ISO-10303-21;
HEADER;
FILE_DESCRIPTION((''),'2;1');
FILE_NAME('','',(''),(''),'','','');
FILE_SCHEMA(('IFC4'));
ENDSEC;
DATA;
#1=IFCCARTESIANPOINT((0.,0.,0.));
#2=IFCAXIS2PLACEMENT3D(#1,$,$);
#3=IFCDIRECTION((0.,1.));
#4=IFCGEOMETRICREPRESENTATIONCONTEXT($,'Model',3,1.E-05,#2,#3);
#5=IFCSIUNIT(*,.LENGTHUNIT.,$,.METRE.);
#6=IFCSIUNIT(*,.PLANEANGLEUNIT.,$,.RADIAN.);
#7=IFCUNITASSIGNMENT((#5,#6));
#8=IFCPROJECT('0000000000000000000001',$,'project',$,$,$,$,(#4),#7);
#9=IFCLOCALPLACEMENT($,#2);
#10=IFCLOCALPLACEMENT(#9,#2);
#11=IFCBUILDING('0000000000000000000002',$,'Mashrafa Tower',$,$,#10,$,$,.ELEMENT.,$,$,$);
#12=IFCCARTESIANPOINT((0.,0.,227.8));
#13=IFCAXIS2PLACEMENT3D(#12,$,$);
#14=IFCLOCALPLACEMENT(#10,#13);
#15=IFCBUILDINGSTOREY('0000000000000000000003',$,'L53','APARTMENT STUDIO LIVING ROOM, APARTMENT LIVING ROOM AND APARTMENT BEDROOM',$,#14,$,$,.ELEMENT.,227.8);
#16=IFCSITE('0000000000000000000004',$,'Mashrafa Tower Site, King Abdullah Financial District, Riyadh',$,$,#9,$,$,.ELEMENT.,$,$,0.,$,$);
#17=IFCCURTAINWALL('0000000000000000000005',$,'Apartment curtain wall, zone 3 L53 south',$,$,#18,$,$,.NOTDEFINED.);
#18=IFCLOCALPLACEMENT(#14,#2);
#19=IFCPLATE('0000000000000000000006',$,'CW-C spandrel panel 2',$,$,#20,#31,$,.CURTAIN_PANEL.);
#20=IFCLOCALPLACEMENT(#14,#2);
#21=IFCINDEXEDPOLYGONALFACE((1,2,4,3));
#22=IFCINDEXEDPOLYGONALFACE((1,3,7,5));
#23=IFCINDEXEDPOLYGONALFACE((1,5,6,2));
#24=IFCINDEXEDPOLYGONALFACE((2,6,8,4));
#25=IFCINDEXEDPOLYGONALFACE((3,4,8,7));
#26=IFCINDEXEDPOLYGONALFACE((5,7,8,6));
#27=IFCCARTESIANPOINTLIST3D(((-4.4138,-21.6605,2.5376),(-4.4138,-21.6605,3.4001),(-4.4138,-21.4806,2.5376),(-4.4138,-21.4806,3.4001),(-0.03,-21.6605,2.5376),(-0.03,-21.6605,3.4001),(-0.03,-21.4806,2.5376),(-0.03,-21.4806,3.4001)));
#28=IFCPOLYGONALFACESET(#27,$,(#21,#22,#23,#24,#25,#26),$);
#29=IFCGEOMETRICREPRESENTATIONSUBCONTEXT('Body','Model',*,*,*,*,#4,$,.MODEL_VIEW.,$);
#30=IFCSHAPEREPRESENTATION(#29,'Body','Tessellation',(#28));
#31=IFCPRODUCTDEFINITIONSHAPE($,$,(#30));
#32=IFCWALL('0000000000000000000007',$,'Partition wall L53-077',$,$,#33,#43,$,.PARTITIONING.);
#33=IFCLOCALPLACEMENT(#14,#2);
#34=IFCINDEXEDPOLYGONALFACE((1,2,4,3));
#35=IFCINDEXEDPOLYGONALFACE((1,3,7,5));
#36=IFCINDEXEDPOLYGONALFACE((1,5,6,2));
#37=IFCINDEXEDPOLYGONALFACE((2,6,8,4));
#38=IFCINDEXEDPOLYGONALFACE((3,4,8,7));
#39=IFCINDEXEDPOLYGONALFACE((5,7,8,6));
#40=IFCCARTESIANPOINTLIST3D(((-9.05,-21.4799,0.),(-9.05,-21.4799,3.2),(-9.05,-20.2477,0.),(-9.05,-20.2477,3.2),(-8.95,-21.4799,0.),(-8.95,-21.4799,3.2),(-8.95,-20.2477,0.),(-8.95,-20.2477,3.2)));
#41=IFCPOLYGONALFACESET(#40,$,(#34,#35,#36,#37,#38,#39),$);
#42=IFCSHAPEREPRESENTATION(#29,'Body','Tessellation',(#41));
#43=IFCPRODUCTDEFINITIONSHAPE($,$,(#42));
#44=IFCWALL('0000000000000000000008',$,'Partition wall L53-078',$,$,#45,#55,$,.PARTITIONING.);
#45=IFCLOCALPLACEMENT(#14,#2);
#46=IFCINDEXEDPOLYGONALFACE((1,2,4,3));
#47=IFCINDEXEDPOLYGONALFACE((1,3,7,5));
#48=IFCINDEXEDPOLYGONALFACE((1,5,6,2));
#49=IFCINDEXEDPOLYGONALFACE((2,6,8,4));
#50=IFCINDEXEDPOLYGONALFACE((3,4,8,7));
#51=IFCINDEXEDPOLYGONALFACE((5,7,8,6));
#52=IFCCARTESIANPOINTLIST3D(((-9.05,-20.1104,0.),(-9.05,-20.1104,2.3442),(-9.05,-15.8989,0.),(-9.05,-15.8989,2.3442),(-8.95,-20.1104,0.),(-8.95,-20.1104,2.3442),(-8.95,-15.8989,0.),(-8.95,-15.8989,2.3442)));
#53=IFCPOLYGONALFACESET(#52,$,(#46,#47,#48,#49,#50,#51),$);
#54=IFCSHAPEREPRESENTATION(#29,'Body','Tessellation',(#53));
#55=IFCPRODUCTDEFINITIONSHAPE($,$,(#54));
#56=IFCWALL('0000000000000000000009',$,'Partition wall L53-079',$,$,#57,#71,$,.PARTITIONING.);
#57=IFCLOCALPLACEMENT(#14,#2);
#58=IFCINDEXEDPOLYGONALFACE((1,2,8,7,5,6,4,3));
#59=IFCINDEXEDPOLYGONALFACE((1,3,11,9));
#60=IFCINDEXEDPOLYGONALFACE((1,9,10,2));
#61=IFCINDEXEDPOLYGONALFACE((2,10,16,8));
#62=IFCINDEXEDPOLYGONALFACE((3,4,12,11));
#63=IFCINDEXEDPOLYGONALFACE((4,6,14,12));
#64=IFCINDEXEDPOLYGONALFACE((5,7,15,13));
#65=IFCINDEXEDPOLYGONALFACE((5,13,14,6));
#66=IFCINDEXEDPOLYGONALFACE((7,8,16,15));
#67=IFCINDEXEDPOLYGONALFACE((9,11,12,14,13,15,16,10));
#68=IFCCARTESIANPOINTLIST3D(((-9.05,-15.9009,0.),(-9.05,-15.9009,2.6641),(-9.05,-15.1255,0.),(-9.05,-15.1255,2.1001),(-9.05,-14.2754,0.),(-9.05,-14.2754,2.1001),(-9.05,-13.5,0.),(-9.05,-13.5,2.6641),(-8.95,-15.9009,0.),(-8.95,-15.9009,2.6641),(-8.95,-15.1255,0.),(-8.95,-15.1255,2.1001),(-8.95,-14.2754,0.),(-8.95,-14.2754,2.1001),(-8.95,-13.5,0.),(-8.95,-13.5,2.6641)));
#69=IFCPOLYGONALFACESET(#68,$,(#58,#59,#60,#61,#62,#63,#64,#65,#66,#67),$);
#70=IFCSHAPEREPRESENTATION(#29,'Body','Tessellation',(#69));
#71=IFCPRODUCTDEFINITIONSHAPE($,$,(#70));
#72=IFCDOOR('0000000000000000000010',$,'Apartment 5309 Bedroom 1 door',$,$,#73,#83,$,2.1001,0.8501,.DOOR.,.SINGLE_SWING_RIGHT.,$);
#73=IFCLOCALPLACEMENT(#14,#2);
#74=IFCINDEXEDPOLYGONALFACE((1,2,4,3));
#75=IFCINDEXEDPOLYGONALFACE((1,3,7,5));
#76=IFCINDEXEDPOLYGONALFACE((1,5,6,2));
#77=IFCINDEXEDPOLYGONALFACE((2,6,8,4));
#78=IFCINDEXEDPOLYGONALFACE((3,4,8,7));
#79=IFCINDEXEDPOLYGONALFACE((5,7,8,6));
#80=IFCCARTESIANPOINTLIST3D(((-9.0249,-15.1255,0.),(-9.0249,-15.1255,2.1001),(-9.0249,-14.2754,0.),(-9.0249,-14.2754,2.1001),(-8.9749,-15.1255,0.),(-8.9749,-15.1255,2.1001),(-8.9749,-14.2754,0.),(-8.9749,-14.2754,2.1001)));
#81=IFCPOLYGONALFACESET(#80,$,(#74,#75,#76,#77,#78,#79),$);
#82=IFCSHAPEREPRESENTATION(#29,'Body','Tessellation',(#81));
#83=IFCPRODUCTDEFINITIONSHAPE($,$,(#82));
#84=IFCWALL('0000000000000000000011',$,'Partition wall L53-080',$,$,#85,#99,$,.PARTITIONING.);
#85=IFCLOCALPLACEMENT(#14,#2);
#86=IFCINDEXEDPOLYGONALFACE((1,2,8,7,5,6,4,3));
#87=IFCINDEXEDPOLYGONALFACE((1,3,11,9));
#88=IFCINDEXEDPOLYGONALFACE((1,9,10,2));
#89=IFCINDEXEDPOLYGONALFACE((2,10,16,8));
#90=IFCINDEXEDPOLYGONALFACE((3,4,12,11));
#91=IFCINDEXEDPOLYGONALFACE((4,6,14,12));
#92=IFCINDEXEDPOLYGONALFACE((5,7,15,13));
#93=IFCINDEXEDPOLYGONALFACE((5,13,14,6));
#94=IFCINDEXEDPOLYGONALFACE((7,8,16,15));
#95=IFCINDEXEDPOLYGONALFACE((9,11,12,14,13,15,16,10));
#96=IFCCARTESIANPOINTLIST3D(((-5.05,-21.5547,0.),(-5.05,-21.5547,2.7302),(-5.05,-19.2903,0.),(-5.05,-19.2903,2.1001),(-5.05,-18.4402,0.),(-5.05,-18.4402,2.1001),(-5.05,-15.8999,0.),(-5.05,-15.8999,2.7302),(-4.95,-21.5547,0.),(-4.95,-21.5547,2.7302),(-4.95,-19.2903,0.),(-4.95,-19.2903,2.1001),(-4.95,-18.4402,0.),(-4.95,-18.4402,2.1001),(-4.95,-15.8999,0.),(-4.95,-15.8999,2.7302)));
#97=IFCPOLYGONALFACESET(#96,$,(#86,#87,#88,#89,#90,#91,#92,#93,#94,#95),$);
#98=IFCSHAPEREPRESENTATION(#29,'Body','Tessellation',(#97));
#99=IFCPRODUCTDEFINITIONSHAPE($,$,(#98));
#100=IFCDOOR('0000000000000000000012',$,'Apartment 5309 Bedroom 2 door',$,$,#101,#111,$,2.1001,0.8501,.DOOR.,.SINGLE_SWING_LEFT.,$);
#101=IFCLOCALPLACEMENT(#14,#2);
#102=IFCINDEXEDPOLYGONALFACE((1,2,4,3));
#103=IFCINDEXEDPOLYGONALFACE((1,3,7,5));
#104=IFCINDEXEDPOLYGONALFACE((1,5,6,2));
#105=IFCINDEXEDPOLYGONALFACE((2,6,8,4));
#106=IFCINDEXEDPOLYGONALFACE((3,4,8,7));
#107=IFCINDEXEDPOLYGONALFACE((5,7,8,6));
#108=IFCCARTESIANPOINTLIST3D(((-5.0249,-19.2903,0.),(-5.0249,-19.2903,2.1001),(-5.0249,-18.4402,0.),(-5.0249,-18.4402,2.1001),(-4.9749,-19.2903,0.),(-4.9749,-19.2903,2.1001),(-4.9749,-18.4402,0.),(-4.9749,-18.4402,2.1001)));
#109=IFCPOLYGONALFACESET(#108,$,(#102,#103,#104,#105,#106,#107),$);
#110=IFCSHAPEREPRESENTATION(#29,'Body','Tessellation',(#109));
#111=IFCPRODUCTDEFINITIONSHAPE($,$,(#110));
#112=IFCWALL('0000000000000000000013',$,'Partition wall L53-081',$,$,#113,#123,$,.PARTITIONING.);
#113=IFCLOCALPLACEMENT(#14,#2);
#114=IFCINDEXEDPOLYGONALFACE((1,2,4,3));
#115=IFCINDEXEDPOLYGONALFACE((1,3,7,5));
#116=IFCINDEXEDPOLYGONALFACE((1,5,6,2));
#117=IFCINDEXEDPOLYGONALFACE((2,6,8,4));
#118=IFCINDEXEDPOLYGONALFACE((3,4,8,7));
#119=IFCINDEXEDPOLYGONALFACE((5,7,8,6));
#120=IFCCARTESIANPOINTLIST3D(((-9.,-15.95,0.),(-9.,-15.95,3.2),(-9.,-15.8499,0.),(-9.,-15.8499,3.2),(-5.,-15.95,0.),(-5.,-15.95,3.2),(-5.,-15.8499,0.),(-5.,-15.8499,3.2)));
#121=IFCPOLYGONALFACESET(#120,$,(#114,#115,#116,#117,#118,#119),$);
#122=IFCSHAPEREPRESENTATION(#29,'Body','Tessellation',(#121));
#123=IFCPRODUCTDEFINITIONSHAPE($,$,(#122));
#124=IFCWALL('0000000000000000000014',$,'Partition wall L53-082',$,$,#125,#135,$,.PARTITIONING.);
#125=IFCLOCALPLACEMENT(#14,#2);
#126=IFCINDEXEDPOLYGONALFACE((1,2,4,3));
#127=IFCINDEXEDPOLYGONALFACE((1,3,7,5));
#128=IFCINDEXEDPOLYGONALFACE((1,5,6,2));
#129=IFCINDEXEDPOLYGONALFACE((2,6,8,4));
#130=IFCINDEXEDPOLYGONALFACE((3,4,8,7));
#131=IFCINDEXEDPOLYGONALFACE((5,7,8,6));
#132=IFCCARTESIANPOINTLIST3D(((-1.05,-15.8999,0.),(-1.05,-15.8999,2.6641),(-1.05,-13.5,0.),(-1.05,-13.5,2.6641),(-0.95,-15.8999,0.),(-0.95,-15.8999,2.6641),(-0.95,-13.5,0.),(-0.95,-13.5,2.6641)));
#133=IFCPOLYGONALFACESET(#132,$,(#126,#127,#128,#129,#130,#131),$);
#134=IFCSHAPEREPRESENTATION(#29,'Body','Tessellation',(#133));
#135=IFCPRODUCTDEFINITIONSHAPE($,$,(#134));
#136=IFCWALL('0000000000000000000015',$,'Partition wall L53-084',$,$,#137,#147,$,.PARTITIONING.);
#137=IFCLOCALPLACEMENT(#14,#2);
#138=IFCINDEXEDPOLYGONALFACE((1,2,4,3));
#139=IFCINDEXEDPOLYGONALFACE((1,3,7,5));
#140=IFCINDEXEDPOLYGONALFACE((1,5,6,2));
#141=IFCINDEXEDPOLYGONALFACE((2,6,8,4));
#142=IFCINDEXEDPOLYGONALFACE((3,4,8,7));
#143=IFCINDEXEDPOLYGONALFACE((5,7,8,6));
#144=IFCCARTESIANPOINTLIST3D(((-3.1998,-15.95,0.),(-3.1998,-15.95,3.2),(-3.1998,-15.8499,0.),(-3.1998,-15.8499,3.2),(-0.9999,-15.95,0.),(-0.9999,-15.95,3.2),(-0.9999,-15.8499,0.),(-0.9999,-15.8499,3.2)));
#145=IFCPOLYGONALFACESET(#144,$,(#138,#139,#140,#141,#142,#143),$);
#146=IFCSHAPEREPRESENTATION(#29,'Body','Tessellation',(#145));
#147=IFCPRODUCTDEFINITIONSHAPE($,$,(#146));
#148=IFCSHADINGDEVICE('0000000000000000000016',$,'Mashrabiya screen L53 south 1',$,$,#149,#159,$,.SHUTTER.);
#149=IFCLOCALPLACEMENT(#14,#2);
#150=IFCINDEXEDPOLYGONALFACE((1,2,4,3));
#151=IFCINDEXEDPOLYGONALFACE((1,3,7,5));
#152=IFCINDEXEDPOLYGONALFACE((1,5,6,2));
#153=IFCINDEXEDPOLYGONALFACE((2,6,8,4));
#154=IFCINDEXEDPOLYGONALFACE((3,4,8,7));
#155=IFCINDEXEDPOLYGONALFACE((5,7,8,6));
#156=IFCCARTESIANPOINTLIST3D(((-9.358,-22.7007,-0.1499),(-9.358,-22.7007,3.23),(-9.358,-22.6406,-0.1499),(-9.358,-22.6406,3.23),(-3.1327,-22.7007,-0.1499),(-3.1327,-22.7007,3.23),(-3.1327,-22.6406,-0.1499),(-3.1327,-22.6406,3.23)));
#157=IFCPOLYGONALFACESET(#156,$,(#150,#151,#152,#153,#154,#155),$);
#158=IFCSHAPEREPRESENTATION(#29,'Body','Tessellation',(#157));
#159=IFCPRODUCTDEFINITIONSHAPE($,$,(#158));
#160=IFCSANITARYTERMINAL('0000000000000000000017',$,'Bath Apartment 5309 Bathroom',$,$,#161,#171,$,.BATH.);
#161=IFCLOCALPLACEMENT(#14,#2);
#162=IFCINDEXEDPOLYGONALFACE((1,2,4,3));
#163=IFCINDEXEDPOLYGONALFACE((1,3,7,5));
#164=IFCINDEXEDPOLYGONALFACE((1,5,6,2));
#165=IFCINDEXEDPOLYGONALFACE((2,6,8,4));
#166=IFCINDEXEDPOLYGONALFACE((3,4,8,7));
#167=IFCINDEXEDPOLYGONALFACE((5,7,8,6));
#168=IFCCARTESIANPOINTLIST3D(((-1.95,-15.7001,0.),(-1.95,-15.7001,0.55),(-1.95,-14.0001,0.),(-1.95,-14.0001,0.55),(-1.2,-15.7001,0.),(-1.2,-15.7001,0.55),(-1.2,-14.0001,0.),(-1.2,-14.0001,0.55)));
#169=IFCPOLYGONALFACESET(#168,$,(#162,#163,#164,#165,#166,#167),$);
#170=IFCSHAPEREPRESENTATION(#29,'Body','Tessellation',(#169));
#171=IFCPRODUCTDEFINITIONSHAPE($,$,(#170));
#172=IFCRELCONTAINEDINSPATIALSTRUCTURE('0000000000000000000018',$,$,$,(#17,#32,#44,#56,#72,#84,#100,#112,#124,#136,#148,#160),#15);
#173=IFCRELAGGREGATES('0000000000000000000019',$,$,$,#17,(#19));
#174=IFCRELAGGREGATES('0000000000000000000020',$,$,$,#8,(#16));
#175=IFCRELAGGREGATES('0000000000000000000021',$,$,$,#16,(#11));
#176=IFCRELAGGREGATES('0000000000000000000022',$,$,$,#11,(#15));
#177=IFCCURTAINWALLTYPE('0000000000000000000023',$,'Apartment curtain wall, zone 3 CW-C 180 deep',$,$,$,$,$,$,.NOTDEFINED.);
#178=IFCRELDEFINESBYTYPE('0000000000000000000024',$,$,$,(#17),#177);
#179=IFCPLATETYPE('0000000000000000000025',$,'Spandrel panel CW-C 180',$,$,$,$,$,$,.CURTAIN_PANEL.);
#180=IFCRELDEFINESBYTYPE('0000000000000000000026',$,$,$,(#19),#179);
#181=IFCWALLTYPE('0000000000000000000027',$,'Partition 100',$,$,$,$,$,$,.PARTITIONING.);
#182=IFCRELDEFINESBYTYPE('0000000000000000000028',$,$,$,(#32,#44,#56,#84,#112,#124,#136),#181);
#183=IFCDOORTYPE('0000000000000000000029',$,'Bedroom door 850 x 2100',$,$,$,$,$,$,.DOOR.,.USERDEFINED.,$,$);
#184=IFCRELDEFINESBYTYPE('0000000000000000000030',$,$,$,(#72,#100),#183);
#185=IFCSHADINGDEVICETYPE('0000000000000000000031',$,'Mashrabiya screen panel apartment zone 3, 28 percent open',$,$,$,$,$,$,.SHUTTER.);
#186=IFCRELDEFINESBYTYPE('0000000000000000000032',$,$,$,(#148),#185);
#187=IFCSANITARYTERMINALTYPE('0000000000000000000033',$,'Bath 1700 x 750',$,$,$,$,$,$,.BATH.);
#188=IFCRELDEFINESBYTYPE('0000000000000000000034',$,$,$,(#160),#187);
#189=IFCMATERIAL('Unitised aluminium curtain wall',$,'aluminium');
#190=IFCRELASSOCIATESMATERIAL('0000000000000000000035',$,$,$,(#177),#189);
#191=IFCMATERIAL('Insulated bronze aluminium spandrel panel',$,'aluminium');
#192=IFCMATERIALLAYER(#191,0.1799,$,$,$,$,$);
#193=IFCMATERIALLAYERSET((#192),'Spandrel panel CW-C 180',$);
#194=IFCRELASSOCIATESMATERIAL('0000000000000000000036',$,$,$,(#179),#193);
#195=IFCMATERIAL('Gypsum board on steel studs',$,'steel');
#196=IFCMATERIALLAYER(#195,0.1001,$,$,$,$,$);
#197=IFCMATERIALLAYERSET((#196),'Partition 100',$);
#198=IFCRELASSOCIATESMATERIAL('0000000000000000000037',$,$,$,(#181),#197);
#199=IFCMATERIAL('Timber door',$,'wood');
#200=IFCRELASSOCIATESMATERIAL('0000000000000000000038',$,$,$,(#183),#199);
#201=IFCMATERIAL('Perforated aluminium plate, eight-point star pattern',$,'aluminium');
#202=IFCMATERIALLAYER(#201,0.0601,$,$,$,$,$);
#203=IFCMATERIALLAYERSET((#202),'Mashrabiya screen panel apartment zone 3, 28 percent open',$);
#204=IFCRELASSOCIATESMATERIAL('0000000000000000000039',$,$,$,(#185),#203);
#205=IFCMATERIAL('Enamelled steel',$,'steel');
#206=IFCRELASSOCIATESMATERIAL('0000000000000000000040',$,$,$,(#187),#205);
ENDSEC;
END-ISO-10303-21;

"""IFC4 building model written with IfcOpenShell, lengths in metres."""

from ifc_helpers import new_model, si_unit, direction, frame, frame_2d, origin, origin_2d, place, context, subcontext, project, spatial, rectangle, extrude, source, transform, mapped, material, layer, layer_set, type_object, type_shapes, element, fill, aggregate, save


model = new_model("IFC4")

# Units and contexts
model_context = context("Model", 3, precision=1e-05, world=origin(), true_north=direction((0.0, 1.0)))
body_context = subcontext(model_context, "Body", "Model", "MODEL_VIEW")
ifc_project = project(units=[si_unit("LENGTHUNIT", "METRE"), si_unit("PLANEANGLEUNIT", "RADIAN")], contexts=[model_context])

# Site, building, storey
site_placement = place(None, origin())
site = spatial("IfcSite", under=ifc_project, at=site_placement, Name="Mashrafa Tower Site, King Abdullah Financial District, Riyadh", CompositionType="ELEMENT", RefElevation=0.0)
building_placement = place(site_placement, origin())
building = spatial("IfcBuilding", under=site, at=building_placement, Name="Mashrafa Tower", CompositionType="ELEMENT")
storey_placement = place(building_placement, frame((0.0, 0.0, 227.8)))
storey = spatial("IfcBuildingStorey", under=building, at=storey_placement, Name="L53", Description="APARTMENT STUDIO LIVING ROOM, APARTMENT LIVING ROOM AND APARTMENT BEDROOM", CompositionType="ELEMENT", Elevation=227.8)

# Shared definitions
ifc_material_1 = material(Name="Unitised aluminium curtain wall", Category="aluminium")
curtain_wall_type = type_object("IfcCurtainWallType", Name="Apartment curtain wall, zone 3 CW-C 180 deep", PredefinedType="NOTDEFINED", material=ifc_material_1)

# Curtain wall
curtain_wall_1_placement = place(storey_placement, origin())
curtain_wall_1 = element("IfcCurtainWall", 1, at=curtain_wall_1_placement, inside=storey, type_object=curtain_wall_type, Name="Apartment curtain wall, zone 3 L53 south", PredefinedType="NOTDEFINED")

# Plate
ifc_material_2 = material(Name="Insulated bronze aluminium spandrel panel", Category="aluminium")
ifc_layer_1 = layer(ifc_material_2, 0.1799)
ifc_layer_set_1 = layer_set([ifc_layer_1], Name="Spandrel panel CW-C 180")
plate_type_1 = type_object("IfcPlateType", Name="Spandrel panel CW-C 180", PredefinedType="CURTAIN_PANEL", material=ifc_layer_set_1)
shared_shape_1 = source(origin(), body_context, "Body", "SweptSolid", [
    extrude(rectangle(XDim=4.3838, YDim=0.1799, at=origin_2d()), origin(), (0.0, 0.0, 1.0), 0.8625),
])
plate_1_placement = place(storey_placement, frame((-2.2219, -21.5706, 2.5376), z_axis=(0.0, 0.0, 1.0), x_axis=(1.0, 0.0, 0.0)))
plate_1 = element("IfcPlate", 2, at=plate_1_placement, type_object=plate_type_1, Name="CW-C spandrel panel 2", PredefinedType="CURTAIN_PANEL", context=body_context, shape_type="MappedRepresentation", body=[
    mapped(shared_shape_1, transform((0.0, 0.0, 0.0))),
])
aggregate(curtain_wall_1, [plate_1])

# Walls
ifc_material_3 = material(Name="Gypsum board on steel studs", Category="steel")
ifc_layer_2 = layer(ifc_material_3, 0.1001)
ifc_layer_set_2 = layer_set([ifc_layer_2], Name="Partition 100")
wall_type = type_object("IfcWallType", Name="Partition 100", PredefinedType="PARTITIONING", material=ifc_layer_set_2)
wall_1_placement = place(storey_placement, frame((-9.0, -21.48, 0.0), z_axis=(0.0, 0.0, 1.0), x_axis=(0.0, 1.0, 0.0)))
element("IfcWall", 3, at=wall_1_placement, inside=storey, type_object=wall_type, Name="Partition wall L53-077", PredefinedType="PARTITIONING", context=body_context, shape_type="SweptSolid", body=[
    extrude(rectangle(XDim=1.2322, YDim=0.1001, at=frame_2d((0.6162, 0.0))), origin(), (0.0, 0.0, 1.0), 3.2),
])
wall_2_placement = place(storey_placement, frame((-9.0, -20.1104, 0.0), z_axis=(0.0, 0.0, 1.0), x_axis=(0.0, 1.0, 0.0)))
element("IfcWall", 4, at=wall_2_placement, inside=storey, type_object=wall_type, Name="Partition wall L53-078", PredefinedType="PARTITIONING", context=body_context, shape_type="SweptSolid", body=[
    extrude(rectangle(XDim=4.2114, YDim=0.1001, at=frame_2d((2.1057, 0.0))), origin(), (0.0, 0.0, 1.0), 2.3442),
])

# Walls, openings, doors
wall_3_placement = place(storey_placement, frame((-9.0, -15.9009, 0.0), z_axis=(0.0, 0.0, 1.0), x_axis=(0.0, 1.0, 0.0)))
wall_3 = element("IfcWall", 5, at=wall_3_placement, inside=storey, type_object=wall_type, Name="Partition wall L53-079", PredefinedType="PARTITIONING", context=body_context, shape_type="SweptSolid", body=[
    extrude(rectangle(XDim=2.4009, YDim=0.1001, at=frame_2d((1.2004, 0.0))), origin(), (0.0, 0.0, 1.0), 2.6641),
])
opening_1_placement = place(wall_3_placement, frame((0.7754, 0.0, 0.0)))
opening_1 = element("IfcOpeningElement", 6, at=opening_1_placement, cuts=wall_3, PredefinedType="OPENING", context=body_context, shape_type="SweptSolid", body=[
    extrude(rectangle(XDim=0.8501, YDim=2.1001, at=frame_2d((0.425, 1.05))), frame((0.0, 0.0601, 0.0), z_axis=(0.0, -1.0, 0.0), x_axis=(1.0, 0.0, 0.0)), (0.0, 0.0, 1.0), 0.1201),
])
ifc_material_4 = material(Name="Timber door", Category="wood")
door_type = type_object("IfcDoorType", Name="Bedroom door 850 x 2100", OperationType="USERDEFINED", PredefinedType="DOOR", material=ifc_material_4)
door_1_placement = place(opening_1_placement, origin())
door_1 = element("IfcDoor", 7, at=door_1_placement, inside=storey, type_object=door_type, Name="Apartment 5309 Bedroom 1 door", OperationType="SINGLE_SWING_RIGHT", OverallHeight=2.1001, OverallWidth=0.8501, PredefinedType="DOOR", context=body_context, shape_type="SweptSolid", body=[
    extrude(rectangle(XDim=0.8501, YDim=2.1001, at=frame_2d((0.425, 1.05))), frame((0.0, 0.0249, 0.0), z_axis=(0.0, -1.0, 0.0), x_axis=(1.0, 0.0, 0.0)), (0.0, 0.0, 1.0), 0.05),
])
fill(opening_1, door_1)
wall_4_placement = place(storey_placement, frame((-5.0, -21.5547, 0.0), z_axis=(0.0, 0.0, 1.0), x_axis=(0.0, 1.0, 0.0)))
wall_4 = element("IfcWall", 8, at=wall_4_placement, inside=storey, type_object=wall_type, Name="Partition wall L53-080", PredefinedType="PARTITIONING", context=body_context, shape_type="SweptSolid", body=[
    extrude(rectangle(XDim=5.6548, YDim=0.1001, at=frame_2d((2.8274, 0.0))), origin(), (0.0, 0.0, 1.0), 2.7302),
])
opening_2_placement = place(wall_4_placement, frame((2.2644, 0.0, 0.0)))
opening_2 = element("IfcOpeningElement", 9, at=opening_2_placement, cuts=wall_4, PredefinedType="OPENING", context=body_context, shape_type="SweptSolid", body=[
    extrude(rectangle(XDim=0.8501, YDim=2.1001, at=frame_2d((0.425, 1.05))), frame((0.0, 0.0601, 0.0), z_axis=(0.0, -1.0, 0.0), x_axis=(1.0, 0.0, 0.0)), (0.0, 0.0, 1.0), 0.1201),
])
door_2_placement = place(opening_2_placement, origin())
door_2 = element("IfcDoor", 10, at=door_2_placement, inside=storey, type_object=door_type, Name="Apartment 5309 Bedroom 2 door", OperationType="SINGLE_SWING_LEFT", OverallHeight=2.1001, OverallWidth=0.8501, PredefinedType="DOOR", context=body_context, shape_type="SweptSolid", body=[
    extrude(rectangle(XDim=0.8501, YDim=2.1001, at=frame_2d((0.425, 1.05))), frame((0.0, 0.0249, 0.0), z_axis=(0.0, -1.0, 0.0), x_axis=(1.0, 0.0, 0.0)), (0.0, 0.0, 1.0), 0.05),
])
fill(opening_2, door_2)

# Walls
wall_5_placement = place(storey_placement, frame((-5.0, -15.8999, 0.0), z_axis=(0.0, 0.0, 1.0), x_axis=(-1.0, 0.0, 0.0)))
element("IfcWall", 11, at=wall_5_placement, inside=storey, type_object=wall_type, Name="Partition wall L53-081", PredefinedType="PARTITIONING", context=body_context, shape_type="SweptSolid", body=[
    extrude(rectangle(XDim=4.0, YDim=0.1001, at=frame_2d((2.0, 0.0))), origin(), (0.0, 0.0, 1.0), 3.2),
])
wall_6_placement = place(storey_placement, frame((-1.0, -15.8999, 0.0), z_axis=(0.0, 0.0, 1.0), x_axis=(0.0, 1.0, 0.0)))
element("IfcWall", 12, at=wall_6_placement, inside=storey, type_object=wall_type, Name="Partition wall L53-082", PredefinedType="PARTITIONING", context=body_context, shape_type="SweptSolid", body=[
    extrude(rectangle(XDim=2.3999, YDim=0.1001, at=frame_2d((1.2, 0.0))), origin(), (0.0, 0.0, 1.0), 2.6641),
])
wall_7_placement = place(storey_placement, frame((-3.2, -15.8999, 0.0), z_axis=(0.0, 0.0, 1.0), x_axis=(1.0, 0.0, 0.0)))
element("IfcWall", 13, at=wall_7_placement, inside=storey, type_object=wall_type, Name="Partition wall L53-084", PredefinedType="PARTITIONING", context=body_context, shape_type="SweptSolid", body=[
    extrude(rectangle(XDim=2.2, YDim=0.1001, at=frame_2d((1.1001, 0.0))), origin(), (0.0, 0.0, 1.0), 3.2),
])

# Shading device
ifc_material_5 = material(Name="Perforated aluminium plate, eight-point star pattern", Category="aluminium")
ifc_layer_3 = layer(ifc_material_5, 0.0601)
ifc_layer_set_3 = layer_set([ifc_layer_3], Name="Mashrabiya screen panel apartment zone 3, 28 percent open")
shading_device_type = type_object("IfcShadingDeviceType", Name="Mashrabiya screen panel apartment zone 3, 28 percent open", PredefinedType="SHUTTER", material=ifc_layer_set_3)
shared_shape_2 = source(origin(), body_context, "Body", "SweptSolid", [
    extrude(rectangle(XDim=6.2253, YDim=0.0601, at=origin_2d()), origin(), (0.0, 0.0, 1.0), 3.3799),
])
type_shapes(shading_device_type, [shared_shape_2])
shading_device_placement = place(storey_placement, frame((-6.2454, -22.6707, -0.1499), z_axis=(0.0, 0.0, 1.0), x_axis=(1.0, 0.0, 0.0)))
element("IfcShadingDevice", 14, at=shading_device_placement, inside=storey, type_object=shading_device_type, Name="Mashrabiya screen L53 south 1", PredefinedType="SHUTTER", context=body_context, shape_type="MappedRepresentation", body=[
    mapped(shared_shape_2, transform((0.0, 0.0, 0.0))),
])

# Sanitary terminal
ifc_material_6 = material(Name="Enamelled steel", Category="steel")
sanitary_terminal_type_1 = type_object("IfcSanitaryTerminalType", Name="Bath 1700 x 750", PredefinedType="BATH", material=ifc_material_6)
sanitary_terminal_1_placement = place(storey_placement, frame((-1.575, -14.8501, 0.0), z_axis=(0.0, 0.0, 1.0), x_axis=(0.0, 1.0, 0.0)))
element("IfcSanitaryTerminal", 15, at=sanitary_terminal_1_placement, inside=storey, type_object=sanitary_terminal_type_1, Name="Bath Apartment 5309 Bathroom", PredefinedType="BATH", context=body_context, shape_type="SweptSolid", body=[
    extrude(rectangle(XDim=1.7, YDim=0.75, at=origin_2d()), origin(), (0.0, 0.0, 1.0), 0.55),
])

save(model, "model.ifc")
